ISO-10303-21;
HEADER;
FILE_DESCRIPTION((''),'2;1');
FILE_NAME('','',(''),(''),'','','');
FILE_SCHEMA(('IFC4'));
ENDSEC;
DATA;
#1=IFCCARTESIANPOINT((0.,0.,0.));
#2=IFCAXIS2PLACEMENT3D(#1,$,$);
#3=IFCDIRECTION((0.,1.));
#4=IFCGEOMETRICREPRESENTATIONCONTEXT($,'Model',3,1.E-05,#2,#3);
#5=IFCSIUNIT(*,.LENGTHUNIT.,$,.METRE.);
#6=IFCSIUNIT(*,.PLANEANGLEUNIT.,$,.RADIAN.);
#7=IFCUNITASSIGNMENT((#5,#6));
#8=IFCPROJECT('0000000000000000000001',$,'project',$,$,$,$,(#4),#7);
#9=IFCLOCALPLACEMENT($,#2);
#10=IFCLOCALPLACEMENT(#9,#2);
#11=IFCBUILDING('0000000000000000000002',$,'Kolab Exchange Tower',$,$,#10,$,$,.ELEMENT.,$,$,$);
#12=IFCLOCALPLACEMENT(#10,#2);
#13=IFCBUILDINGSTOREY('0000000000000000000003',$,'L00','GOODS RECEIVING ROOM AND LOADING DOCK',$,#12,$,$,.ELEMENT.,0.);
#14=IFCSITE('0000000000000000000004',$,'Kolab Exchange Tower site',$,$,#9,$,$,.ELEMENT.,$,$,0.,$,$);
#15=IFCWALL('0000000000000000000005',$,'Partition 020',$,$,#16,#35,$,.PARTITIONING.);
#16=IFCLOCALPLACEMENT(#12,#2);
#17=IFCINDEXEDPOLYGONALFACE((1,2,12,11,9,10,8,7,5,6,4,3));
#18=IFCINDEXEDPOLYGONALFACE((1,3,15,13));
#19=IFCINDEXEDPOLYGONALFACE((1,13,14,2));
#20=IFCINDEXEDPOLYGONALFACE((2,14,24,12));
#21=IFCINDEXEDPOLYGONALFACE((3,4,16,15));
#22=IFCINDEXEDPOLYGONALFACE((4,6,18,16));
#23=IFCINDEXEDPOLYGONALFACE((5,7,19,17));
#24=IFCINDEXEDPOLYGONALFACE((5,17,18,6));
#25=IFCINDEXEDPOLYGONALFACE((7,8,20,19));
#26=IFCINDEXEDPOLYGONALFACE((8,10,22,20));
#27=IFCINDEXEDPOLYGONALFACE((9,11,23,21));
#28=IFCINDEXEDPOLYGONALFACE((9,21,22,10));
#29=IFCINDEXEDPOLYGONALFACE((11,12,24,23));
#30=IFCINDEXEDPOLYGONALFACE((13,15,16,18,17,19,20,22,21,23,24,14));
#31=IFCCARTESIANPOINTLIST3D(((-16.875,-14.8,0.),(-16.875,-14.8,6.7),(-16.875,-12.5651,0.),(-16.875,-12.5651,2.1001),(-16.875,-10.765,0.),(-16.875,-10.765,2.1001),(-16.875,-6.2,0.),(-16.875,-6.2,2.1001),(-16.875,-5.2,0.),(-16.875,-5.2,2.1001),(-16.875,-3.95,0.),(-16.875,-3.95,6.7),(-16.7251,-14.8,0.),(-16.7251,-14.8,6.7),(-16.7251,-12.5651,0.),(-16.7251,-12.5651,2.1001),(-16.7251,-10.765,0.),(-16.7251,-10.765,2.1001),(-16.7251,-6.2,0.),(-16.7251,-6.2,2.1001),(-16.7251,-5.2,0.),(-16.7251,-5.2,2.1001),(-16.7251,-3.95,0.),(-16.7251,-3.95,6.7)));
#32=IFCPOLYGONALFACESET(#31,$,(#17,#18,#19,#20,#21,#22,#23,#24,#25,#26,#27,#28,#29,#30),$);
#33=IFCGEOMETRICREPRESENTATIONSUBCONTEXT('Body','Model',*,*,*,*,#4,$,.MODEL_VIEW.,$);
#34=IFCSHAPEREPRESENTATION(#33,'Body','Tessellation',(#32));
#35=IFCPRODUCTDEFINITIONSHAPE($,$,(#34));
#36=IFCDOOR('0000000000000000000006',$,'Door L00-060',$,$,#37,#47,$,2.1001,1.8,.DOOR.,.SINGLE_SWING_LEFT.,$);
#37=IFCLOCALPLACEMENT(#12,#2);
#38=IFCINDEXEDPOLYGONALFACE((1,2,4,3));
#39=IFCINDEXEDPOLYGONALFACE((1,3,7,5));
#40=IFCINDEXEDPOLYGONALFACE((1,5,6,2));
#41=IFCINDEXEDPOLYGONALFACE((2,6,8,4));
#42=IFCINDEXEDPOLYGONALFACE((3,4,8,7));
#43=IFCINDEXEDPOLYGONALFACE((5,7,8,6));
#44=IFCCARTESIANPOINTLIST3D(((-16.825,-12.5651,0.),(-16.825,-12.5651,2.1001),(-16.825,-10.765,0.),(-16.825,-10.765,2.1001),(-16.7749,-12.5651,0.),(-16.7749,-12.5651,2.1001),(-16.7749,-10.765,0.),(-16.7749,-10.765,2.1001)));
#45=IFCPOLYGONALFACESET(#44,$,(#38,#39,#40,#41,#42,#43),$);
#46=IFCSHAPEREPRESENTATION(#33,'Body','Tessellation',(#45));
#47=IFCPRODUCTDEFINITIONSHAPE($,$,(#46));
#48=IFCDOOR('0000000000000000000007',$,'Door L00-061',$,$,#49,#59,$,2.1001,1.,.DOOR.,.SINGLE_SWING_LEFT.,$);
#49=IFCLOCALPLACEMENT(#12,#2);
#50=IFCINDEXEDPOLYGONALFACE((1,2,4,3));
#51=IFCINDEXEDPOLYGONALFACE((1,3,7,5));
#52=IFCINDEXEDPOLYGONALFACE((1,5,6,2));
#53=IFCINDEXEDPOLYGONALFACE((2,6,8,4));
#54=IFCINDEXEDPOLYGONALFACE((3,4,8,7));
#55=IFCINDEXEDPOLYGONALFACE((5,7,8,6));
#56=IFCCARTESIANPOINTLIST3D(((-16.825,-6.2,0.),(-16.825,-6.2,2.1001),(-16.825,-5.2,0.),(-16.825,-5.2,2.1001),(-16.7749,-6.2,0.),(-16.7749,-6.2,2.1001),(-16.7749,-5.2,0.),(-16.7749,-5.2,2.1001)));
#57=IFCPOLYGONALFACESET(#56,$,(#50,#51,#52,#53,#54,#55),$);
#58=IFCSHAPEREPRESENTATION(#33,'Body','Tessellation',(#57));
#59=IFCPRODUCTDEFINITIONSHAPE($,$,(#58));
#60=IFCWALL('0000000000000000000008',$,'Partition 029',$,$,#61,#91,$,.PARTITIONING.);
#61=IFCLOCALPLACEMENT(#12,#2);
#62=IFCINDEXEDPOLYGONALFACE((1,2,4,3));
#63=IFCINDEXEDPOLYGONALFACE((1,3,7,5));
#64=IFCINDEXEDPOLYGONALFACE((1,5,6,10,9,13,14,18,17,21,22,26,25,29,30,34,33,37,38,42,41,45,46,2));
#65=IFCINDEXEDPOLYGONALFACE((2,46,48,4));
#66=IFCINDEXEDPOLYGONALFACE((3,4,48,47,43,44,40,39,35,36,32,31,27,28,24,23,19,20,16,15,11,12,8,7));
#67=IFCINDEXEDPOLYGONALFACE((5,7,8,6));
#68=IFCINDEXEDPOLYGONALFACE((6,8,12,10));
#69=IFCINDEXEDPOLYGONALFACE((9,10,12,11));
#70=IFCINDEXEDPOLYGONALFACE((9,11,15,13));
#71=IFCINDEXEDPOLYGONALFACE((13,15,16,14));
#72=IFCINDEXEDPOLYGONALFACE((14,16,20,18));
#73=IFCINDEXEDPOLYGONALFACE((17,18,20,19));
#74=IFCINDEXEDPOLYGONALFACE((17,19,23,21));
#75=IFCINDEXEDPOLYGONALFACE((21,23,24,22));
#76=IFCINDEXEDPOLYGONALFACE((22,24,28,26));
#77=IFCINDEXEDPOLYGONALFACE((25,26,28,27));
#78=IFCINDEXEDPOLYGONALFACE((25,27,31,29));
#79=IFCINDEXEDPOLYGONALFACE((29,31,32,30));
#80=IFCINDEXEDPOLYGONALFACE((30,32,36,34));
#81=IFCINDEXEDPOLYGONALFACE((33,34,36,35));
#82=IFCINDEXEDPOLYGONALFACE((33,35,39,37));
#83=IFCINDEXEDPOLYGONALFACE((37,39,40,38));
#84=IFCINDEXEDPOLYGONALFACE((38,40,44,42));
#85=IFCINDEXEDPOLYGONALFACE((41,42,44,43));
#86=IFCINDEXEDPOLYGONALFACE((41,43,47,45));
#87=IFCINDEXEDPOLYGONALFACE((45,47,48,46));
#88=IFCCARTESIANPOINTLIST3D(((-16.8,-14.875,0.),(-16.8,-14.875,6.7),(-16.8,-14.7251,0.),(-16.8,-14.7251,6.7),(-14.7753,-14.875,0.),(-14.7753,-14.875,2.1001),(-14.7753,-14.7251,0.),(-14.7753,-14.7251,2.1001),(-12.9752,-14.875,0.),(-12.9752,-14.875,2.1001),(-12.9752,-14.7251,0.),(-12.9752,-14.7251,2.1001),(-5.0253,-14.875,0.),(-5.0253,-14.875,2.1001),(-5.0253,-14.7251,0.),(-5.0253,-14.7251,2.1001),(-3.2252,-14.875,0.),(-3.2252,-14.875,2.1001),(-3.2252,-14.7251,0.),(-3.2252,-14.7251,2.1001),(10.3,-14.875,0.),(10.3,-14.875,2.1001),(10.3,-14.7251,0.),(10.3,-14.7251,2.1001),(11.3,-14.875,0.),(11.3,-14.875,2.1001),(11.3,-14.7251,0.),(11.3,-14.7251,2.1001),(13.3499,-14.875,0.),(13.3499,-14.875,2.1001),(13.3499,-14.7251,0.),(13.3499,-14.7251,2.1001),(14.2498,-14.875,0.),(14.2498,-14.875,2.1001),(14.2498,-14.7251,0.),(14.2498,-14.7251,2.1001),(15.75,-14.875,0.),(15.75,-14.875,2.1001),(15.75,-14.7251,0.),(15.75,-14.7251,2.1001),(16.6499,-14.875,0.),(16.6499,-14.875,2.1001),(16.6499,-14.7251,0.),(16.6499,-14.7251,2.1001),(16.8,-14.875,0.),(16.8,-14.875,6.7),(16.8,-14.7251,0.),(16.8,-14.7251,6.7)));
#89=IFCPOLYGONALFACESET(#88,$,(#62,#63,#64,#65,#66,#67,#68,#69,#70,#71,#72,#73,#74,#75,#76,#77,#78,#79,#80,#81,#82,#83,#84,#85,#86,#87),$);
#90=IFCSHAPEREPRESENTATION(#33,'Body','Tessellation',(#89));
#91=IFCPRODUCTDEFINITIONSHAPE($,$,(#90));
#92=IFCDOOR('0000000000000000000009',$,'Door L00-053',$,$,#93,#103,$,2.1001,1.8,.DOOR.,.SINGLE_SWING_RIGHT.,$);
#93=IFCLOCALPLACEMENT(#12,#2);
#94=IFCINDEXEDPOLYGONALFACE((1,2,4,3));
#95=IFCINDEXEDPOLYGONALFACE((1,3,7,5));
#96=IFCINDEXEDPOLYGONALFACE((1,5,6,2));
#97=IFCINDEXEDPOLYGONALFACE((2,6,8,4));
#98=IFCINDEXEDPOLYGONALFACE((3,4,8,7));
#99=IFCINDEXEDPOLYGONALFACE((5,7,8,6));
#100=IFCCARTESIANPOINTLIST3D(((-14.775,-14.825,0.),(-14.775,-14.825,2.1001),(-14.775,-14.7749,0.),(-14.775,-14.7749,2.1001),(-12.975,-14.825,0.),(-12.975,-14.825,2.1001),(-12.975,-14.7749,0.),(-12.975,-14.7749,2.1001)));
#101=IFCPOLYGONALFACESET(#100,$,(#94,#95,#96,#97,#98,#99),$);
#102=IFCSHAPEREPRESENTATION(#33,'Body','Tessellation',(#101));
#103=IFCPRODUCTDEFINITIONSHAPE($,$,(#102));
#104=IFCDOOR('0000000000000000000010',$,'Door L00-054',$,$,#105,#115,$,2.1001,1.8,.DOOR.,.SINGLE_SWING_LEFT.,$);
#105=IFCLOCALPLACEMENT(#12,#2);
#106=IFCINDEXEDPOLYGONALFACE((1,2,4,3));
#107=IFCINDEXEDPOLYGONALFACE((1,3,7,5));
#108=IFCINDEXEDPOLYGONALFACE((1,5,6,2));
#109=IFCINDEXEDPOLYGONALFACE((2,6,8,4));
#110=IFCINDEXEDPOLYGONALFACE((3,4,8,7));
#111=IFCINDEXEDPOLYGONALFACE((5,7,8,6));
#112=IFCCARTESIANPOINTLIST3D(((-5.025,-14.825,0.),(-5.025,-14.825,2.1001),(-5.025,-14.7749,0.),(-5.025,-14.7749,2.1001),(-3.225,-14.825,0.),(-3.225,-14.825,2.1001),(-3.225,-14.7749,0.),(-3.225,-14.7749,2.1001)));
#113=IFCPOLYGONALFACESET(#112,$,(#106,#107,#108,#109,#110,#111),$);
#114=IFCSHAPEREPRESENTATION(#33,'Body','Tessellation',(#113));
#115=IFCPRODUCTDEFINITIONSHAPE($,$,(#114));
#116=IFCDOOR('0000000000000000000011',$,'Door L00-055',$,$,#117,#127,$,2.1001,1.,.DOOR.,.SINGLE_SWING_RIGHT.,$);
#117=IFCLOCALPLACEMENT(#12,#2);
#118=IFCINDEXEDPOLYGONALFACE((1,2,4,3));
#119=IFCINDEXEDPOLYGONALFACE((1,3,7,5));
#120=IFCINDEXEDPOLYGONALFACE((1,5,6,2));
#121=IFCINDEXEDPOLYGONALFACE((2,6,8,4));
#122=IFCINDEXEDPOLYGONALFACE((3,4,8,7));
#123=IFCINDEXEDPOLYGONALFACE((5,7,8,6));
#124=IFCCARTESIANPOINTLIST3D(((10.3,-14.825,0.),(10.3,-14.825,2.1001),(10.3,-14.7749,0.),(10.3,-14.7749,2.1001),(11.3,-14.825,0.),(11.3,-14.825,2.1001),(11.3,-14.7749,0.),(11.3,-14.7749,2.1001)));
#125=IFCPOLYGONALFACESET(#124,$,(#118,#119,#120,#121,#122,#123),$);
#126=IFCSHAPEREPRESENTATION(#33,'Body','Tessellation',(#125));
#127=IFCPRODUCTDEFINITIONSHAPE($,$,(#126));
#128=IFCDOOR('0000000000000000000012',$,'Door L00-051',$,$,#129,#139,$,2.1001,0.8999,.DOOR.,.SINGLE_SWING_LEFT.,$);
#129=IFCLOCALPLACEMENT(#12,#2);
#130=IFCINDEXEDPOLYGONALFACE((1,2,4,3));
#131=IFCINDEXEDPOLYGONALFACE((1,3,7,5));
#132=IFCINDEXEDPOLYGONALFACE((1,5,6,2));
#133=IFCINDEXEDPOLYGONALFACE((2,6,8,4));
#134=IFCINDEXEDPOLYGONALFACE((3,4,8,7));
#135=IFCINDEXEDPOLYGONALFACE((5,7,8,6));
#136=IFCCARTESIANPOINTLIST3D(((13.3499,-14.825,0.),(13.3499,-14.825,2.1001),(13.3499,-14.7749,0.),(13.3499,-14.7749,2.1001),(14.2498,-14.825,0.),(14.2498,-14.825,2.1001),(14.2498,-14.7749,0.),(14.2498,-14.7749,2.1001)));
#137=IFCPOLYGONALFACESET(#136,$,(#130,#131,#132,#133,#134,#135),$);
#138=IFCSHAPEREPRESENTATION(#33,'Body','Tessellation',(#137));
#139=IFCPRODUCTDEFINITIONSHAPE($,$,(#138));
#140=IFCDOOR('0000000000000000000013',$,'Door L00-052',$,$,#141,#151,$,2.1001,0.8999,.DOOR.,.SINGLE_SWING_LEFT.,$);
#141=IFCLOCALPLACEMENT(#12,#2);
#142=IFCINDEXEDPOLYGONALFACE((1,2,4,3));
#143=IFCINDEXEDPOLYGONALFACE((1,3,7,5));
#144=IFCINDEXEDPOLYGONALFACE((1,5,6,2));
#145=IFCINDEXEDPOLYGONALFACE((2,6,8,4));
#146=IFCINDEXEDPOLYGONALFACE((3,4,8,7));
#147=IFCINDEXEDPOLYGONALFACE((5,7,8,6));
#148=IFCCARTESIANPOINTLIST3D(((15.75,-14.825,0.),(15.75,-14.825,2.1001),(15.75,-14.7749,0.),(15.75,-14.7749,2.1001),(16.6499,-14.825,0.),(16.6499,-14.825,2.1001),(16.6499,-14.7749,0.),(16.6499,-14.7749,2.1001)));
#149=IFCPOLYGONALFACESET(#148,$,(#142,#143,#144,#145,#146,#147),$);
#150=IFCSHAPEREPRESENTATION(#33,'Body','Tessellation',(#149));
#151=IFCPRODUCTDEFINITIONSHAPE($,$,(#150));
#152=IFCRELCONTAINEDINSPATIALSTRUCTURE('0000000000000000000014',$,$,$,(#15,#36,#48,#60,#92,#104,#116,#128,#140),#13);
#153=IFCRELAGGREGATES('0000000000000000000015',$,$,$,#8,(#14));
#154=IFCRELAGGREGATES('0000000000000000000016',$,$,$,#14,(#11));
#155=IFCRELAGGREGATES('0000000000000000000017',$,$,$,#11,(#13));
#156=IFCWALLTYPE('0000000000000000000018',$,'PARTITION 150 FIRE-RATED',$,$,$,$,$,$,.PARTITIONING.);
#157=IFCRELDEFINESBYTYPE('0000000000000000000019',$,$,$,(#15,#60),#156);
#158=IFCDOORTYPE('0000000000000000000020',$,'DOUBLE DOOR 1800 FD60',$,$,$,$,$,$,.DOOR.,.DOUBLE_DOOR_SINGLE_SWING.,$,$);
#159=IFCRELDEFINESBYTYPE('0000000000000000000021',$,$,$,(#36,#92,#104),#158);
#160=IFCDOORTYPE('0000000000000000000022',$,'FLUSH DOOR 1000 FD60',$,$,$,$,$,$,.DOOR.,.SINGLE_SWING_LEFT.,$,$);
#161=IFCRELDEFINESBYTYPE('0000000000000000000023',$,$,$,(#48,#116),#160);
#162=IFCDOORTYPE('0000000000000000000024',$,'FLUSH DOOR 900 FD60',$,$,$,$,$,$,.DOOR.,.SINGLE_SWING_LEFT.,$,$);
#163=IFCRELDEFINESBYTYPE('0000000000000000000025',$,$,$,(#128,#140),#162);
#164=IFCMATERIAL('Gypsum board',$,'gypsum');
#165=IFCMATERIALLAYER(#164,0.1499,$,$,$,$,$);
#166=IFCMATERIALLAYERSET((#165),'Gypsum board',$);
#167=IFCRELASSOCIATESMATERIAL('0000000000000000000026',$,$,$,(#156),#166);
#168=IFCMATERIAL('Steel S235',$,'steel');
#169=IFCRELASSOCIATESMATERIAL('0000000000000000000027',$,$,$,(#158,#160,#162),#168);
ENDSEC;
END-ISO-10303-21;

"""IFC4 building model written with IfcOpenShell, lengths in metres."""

from ifc_helpers import new_model, si_unit, direction, frame, frame_2d, origin, place, context, subcontext, project, spatial, rectangle, extrude, material, layer, layer_set, type_object, element, fill, save


model = new_model("IFC4")

# Units and contexts
model_context = context("Model", 3, precision=1e-05, world=origin(), true_north=direction((0.0, 1.0)))
body_context = subcontext(model_context, "Body", "Model", "MODEL_VIEW")
ifc_project = project(units=[si_unit("LENGTHUNIT", "METRE"), si_unit("PLANEANGLEUNIT", "RADIAN")], contexts=[model_context])

# Site, building, storey
site_placement = place(None, origin())
site = spatial("IfcSite", under=ifc_project, at=site_placement, Name="Kolab Exchange Tower site", CompositionType="ELEMENT", RefElevation=0.0)
building_placement = place(site_placement, origin())
building = spatial("IfcBuilding", under=site, at=building_placement, Name="Kolab Exchange Tower", CompositionType="ELEMENT")
storey_placement = place(building_placement, origin())
storey = spatial("IfcBuildingStorey", under=building, at=storey_placement, Name="L00", Description="GOODS RECEIVING ROOM AND LOADING DOCK", CompositionType="ELEMENT", Elevation=0.0)

# Shared definitions
ifc_material_1 = material(Name="Gypsum board", Category="gypsum")

# Walls, openings, doors
ifc_layer_1 = layer(ifc_material_1, 0.1499)
ifc_layer_set_1 = layer_set([ifc_layer_1], Name="Gypsum board")
wall_type_1 = type_object("IfcWallType", Name="PARTITION 150 FIRE-RATED", PredefinedType="PARTITIONING", material=ifc_layer_set_1)
wall_1_placement = place(storey_placement, frame((-16.8, -14.8, 0.0), z_axis=(0.0, 0.0, 1.0), x_axis=(0.0, 1.0, 0.0)))
wall_1 = element("IfcWall", 1, at=wall_1_placement, inside=storey, type_object=wall_type_1, Name="Partition 020", PredefinedType="PARTITIONING", context=body_context, shape_type="SweptSolid", body=[
    extrude(rectangle(XDim=10.8501, YDim=0.1499, at=frame_2d((5.425, 0.0))), origin(), (0.0, 0.0, 1.0), 6.7),
])
opening_1_placement = place(wall_1_placement, frame((2.2351, 0.0, 0.0)))
opening_1 = element("IfcOpeningElement", 2, at=opening_1_placement, cuts=wall_1, PredefinedType="OPENING", context=body_context, shape_type="SweptSolid", body=[
    extrude(rectangle(XDim=1.8, YDim=2.1001, at=frame_2d((0.8999, 1.05))), frame((0.0, 0.085, 0.0), z_axis=(0.0, -1.0, 0.0), x_axis=(1.0, 0.0, 0.0)), (0.0, 0.0, 1.0), 0.1699),
])
opening_2_placement = place(wall_1_placement, frame((8.6001, 0.0, 0.0)))
opening_2 = element("IfcOpeningElement", 3, at=opening_2_placement, cuts=wall_1, PredefinedType="OPENING", context=body_context, shape_type="SweptSolid", body=[
    extrude(rectangle(XDim=1.0, YDim=2.1001, at=frame_2d((0.5, 1.05))), frame((0.0, 0.085, 0.0), z_axis=(0.0, -1.0, 0.0), x_axis=(1.0, 0.0, 0.0)), (0.0, 0.0, 1.0), 0.1699),
])
ifc_material_2 = material(Name="Steel S235", Category="steel")
door_type_1 = type_object("IfcDoorType", Name="DOUBLE DOOR 1800 FD60", OperationType="DOUBLE_DOOR_SINGLE_SWING", PredefinedType="DOOR", material=ifc_material_2)
door_1_placement = place(opening_1_placement, origin())
door_1 = element("IfcDoor", 4, at=door_1_placement, inside=storey, type_object=door_type_1, Name="Door L00-060", OperationType="SINGLE_SWING_LEFT", OverallHeight=2.1001, OverallWidth=1.8, PredefinedType="DOOR", context=body_context, shape_type="SweptSolid", body=[
    extrude(rectangle(XDim=1.8, YDim=2.1001, at=frame_2d((0.8999, 1.05))), frame((0.0, 0.0249, 0.0), z_axis=(0.0, -1.0, 0.0), x_axis=(1.0, 0.0, 0.0)), (0.0, 0.0, 1.0), 0.05),
])
fill(opening_1, door_1)
door_type_2 = type_object("IfcDoorType", Name="FLUSH DOOR 1000 FD60", OperationType="SINGLE_SWING_LEFT", PredefinedType="DOOR", material=ifc_material_2)
door_2_placement = place(opening_2_placement, origin())
door_2 = element("IfcDoor", 5, at=door_2_placement, inside=storey, type_object=door_type_2, Name="Door L00-061", OperationType="SINGLE_SWING_LEFT", OverallHeight=2.1001, OverallWidth=1.0, PredefinedType="DOOR", context=body_context, shape_type="SweptSolid", body=[
    extrude(rectangle(XDim=1.0, YDim=2.1001, at=frame_2d((0.5, 1.05))), frame((0.0, 0.0249, 0.0), z_axis=(0.0, -1.0, 0.0), x_axis=(1.0, 0.0, 0.0)), (0.0, 0.0, 1.0), 0.05),
])
fill(opening_2, door_2)
wall_2_placement = place(storey_placement, frame((-16.8, -14.8, 0.0), z_axis=(0.0, 0.0, 1.0), x_axis=(1.0, 0.0, 0.0)))
wall_2 = element("IfcWall", 6, at=wall_2_placement, inside=storey, type_object=wall_type_1, Name="Partition 029", PredefinedType="PARTITIONING", context=body_context, shape_type="SweptSolid", body=[
    extrude(rectangle(XDim=33.6001, YDim=0.1499, at=frame_2d((16.8, 0.0))), origin(), (0.0, 0.0, 1.0), 6.7),
])
opening_3_placement = place(wall_2_placement, frame((30.1499, 0.0, 0.0)))
opening_3 = element("IfcOpeningElement", 7, at=opening_3_placement, cuts=wall_2, PredefinedType="OPENING", context=body_context, shape_type="SweptSolid", body=[
    extrude(rectangle(XDim=0.8999, YDim=2.1001, at=frame_2d((0.45, 1.05))), frame((0.0, 0.085, 0.0), z_axis=(0.0, -1.0, 0.0), x_axis=(1.0, 0.0, 0.0)), (0.0, 0.0, 1.0), 0.1699),
])
opening_4_placement = place(wall_2_placement, frame((32.55, 0.0, 0.0)))
opening_4 = element("IfcOpeningElement", 8, at=opening_4_placement, cuts=wall_2, PredefinedType="OPENING", context=body_context, shape_type="SweptSolid", body=[
    extrude(rectangle(XDim=0.8999, YDim=2.1001, at=frame_2d((0.45, 1.05))), frame((0.0, 0.085, 0.0), z_axis=(0.0, -1.0, 0.0), x_axis=(1.0, 0.0, 0.0)), (0.0, 0.0, 1.0), 0.1699),
])
opening_5_placement = place(wall_2_placement, frame((2.0249, 0.0, 0.0)))
opening_5 = element("IfcOpeningElement", 9, at=opening_5_placement, cuts=wall_2, PredefinedType="OPENING", context=body_context, shape_type="SweptSolid", body=[
    extrude(rectangle(XDim=1.8, YDim=2.1001, at=frame_2d((0.8999, 1.05))), frame((0.0, 0.085, 0.0), z_axis=(0.0, -1.0, 0.0), x_axis=(1.0, 0.0, 0.0)), (0.0, 0.0, 1.0), 0.1699),
])
opening_6_placement = place(wall_2_placement, frame((11.7749, 0.0, 0.0)))
opening_6 = element("IfcOpeningElement", 10, at=opening_6_placement, cuts=wall_2, PredefinedType="OPENING", context=body_context, shape_type="SweptSolid", body=[
    extrude(rectangle(XDim=1.8, YDim=2.1001, at=frame_2d((0.8999, 1.05))), frame((0.0, 0.085, 0.0), z_axis=(0.0, -1.0, 0.0), x_axis=(1.0, 0.0, 0.0)), (0.0, 0.0, 1.0), 0.1699),
])
opening_7_placement = place(wall_2_placement, frame((27.1001, 0.0, 0.0)))
opening_7 = element("IfcOpeningElement", 11, at=opening_7_placement, cuts=wall_2, PredefinedType="OPENING", context=body_context, shape_type="SweptSolid", body=[
    extrude(rectangle(XDim=1.0, YDim=2.1001, at=frame_2d((0.5, 1.05))), frame((0.0, 0.085, 0.0), z_axis=(0.0, -1.0, 0.0), x_axis=(1.0, 0.0, 0.0)), (0.0, 0.0, 1.0), 0.1699),
])
door_3_placement = place(opening_5_placement, frame((1.8, 0.0, 0.0), z_axis=(0.0, 0.0, 1.0), x_axis=(-1.0, 0.0, 0.0)))
door_3 = element("IfcDoor", 12, at=door_3_placement, inside=storey, type_object=door_type_1, Name="Door L00-053", OperationType="SINGLE_SWING_RIGHT", OverallHeight=2.1001, OverallWidth=1.8, PredefinedType="DOOR", context=body_context, shape_type="SweptSolid", body=[
    extrude(rectangle(XDim=1.8, YDim=2.1001, at=frame_2d((0.8999, 1.05))), frame((0.0, 0.0249, 0.0), z_axis=(0.0, -1.0, 0.0), x_axis=(1.0, 0.0, 0.0)), (0.0, 0.0, 1.0), 0.05),
])
fill(opening_5, door_3)
door_4_placement = place(opening_6_placement, frame((1.8, 0.0, 0.0), z_axis=(0.0, 0.0, 1.0), x_axis=(-1.0, 0.0, 0.0)))
door_4 = element("IfcDoor", 13, at=door_4_placement, inside=storey, type_object=door_type_1, Name="Door L00-054", OperationType="SINGLE_SWING_LEFT", OverallHeight=2.1001, OverallWidth=1.8, PredefinedType="DOOR", context=body_context, shape_type="SweptSolid", body=[
    extrude(rectangle(XDim=1.8, YDim=2.1001, at=frame_2d((0.8999, 1.05))), frame((0.0, 0.0249, 0.0), z_axis=(0.0, -1.0, 0.0), x_axis=(1.0, 0.0, 0.0)), (0.0, 0.0, 1.0), 0.05),
])
fill(opening_6, door_4)
door_5_placement = place(opening_7_placement, frame((1.0, 0.0, 0.0), z_axis=(0.0, 0.0, 1.0), x_axis=(-1.0, 0.0, 0.0)))
door_5 = element("IfcDoor", 14, at=door_5_placement, inside=storey, type_object=door_type_2, Name="Door L00-055", OperationType="SINGLE_SWING_RIGHT", OverallHeight=2.1001, OverallWidth=1.0, PredefinedType="DOOR", context=body_context, shape_type="SweptSolid", body=[
    extrude(rectangle(XDim=1.0, YDim=2.1001, at=frame_2d((0.5, 1.05))), frame((0.0, 0.0249, 0.0), z_axis=(0.0, -1.0, 0.0), x_axis=(1.0, 0.0, 0.0)), (0.0, 0.0, 1.0), 0.05),
])
fill(opening_7, door_5)
door_type_3 = type_object("IfcDoorType", Name="FLUSH DOOR 900 FD60", OperationType="SINGLE_SWING_LEFT", PredefinedType="DOOR", material=ifc_material_2)
door_6_placement = place(opening_3_placement, frame((0.8999, 0.0, 0.0), z_axis=(0.0, 0.0, 1.0), x_axis=(-1.0, 0.0, 0.0)))
door_6 = element("IfcDoor", 15, at=door_6_placement, inside=storey, type_object=door_type_3, Name="Door L00-051", OperationType="SINGLE_SWING_LEFT", OverallHeight=2.1001, OverallWidth=0.8999, PredefinedType="DOOR", context=body_context, shape_type="SweptSolid", body=[
    extrude(rectangle(XDim=0.8999, YDim=2.1001, at=frame_2d((0.45, 1.05))), frame((0.0, 0.0249, 0.0), z_axis=(0.0, -1.0, 0.0), x_axis=(1.0, 0.0, 0.0)), (0.0, 0.0, 1.0), 0.05),
])
fill(opening_3, door_6)
door_7_placement = place(opening_4_placement, frame((0.8999, 0.0, 0.0), z_axis=(0.0, 0.0, 1.0), x_axis=(-1.0, 0.0, 0.0)))
door_7 = element("IfcDoor", 16, at=door_7_placement, inside=storey, type_object=door_type_3, Name="Door L00-052", OperationType="SINGLE_SWING_LEFT", OverallHeight=2.1001, OverallWidth=0.8999, PredefinedType="DOOR", context=body_context, shape_type="SweptSolid", body=[
    extrude(rectangle(XDim=0.8999, YDim=2.1001, at=frame_2d((0.45, 1.05))), frame((0.0, 0.0249, 0.0), z_axis=(0.0, -1.0, 0.0), x_axis=(1.0, 0.0, 0.0)), (0.0, 0.0, 1.0), 0.05),
])
fill(opening_4, door_7)

save(model, "model.ifc")
